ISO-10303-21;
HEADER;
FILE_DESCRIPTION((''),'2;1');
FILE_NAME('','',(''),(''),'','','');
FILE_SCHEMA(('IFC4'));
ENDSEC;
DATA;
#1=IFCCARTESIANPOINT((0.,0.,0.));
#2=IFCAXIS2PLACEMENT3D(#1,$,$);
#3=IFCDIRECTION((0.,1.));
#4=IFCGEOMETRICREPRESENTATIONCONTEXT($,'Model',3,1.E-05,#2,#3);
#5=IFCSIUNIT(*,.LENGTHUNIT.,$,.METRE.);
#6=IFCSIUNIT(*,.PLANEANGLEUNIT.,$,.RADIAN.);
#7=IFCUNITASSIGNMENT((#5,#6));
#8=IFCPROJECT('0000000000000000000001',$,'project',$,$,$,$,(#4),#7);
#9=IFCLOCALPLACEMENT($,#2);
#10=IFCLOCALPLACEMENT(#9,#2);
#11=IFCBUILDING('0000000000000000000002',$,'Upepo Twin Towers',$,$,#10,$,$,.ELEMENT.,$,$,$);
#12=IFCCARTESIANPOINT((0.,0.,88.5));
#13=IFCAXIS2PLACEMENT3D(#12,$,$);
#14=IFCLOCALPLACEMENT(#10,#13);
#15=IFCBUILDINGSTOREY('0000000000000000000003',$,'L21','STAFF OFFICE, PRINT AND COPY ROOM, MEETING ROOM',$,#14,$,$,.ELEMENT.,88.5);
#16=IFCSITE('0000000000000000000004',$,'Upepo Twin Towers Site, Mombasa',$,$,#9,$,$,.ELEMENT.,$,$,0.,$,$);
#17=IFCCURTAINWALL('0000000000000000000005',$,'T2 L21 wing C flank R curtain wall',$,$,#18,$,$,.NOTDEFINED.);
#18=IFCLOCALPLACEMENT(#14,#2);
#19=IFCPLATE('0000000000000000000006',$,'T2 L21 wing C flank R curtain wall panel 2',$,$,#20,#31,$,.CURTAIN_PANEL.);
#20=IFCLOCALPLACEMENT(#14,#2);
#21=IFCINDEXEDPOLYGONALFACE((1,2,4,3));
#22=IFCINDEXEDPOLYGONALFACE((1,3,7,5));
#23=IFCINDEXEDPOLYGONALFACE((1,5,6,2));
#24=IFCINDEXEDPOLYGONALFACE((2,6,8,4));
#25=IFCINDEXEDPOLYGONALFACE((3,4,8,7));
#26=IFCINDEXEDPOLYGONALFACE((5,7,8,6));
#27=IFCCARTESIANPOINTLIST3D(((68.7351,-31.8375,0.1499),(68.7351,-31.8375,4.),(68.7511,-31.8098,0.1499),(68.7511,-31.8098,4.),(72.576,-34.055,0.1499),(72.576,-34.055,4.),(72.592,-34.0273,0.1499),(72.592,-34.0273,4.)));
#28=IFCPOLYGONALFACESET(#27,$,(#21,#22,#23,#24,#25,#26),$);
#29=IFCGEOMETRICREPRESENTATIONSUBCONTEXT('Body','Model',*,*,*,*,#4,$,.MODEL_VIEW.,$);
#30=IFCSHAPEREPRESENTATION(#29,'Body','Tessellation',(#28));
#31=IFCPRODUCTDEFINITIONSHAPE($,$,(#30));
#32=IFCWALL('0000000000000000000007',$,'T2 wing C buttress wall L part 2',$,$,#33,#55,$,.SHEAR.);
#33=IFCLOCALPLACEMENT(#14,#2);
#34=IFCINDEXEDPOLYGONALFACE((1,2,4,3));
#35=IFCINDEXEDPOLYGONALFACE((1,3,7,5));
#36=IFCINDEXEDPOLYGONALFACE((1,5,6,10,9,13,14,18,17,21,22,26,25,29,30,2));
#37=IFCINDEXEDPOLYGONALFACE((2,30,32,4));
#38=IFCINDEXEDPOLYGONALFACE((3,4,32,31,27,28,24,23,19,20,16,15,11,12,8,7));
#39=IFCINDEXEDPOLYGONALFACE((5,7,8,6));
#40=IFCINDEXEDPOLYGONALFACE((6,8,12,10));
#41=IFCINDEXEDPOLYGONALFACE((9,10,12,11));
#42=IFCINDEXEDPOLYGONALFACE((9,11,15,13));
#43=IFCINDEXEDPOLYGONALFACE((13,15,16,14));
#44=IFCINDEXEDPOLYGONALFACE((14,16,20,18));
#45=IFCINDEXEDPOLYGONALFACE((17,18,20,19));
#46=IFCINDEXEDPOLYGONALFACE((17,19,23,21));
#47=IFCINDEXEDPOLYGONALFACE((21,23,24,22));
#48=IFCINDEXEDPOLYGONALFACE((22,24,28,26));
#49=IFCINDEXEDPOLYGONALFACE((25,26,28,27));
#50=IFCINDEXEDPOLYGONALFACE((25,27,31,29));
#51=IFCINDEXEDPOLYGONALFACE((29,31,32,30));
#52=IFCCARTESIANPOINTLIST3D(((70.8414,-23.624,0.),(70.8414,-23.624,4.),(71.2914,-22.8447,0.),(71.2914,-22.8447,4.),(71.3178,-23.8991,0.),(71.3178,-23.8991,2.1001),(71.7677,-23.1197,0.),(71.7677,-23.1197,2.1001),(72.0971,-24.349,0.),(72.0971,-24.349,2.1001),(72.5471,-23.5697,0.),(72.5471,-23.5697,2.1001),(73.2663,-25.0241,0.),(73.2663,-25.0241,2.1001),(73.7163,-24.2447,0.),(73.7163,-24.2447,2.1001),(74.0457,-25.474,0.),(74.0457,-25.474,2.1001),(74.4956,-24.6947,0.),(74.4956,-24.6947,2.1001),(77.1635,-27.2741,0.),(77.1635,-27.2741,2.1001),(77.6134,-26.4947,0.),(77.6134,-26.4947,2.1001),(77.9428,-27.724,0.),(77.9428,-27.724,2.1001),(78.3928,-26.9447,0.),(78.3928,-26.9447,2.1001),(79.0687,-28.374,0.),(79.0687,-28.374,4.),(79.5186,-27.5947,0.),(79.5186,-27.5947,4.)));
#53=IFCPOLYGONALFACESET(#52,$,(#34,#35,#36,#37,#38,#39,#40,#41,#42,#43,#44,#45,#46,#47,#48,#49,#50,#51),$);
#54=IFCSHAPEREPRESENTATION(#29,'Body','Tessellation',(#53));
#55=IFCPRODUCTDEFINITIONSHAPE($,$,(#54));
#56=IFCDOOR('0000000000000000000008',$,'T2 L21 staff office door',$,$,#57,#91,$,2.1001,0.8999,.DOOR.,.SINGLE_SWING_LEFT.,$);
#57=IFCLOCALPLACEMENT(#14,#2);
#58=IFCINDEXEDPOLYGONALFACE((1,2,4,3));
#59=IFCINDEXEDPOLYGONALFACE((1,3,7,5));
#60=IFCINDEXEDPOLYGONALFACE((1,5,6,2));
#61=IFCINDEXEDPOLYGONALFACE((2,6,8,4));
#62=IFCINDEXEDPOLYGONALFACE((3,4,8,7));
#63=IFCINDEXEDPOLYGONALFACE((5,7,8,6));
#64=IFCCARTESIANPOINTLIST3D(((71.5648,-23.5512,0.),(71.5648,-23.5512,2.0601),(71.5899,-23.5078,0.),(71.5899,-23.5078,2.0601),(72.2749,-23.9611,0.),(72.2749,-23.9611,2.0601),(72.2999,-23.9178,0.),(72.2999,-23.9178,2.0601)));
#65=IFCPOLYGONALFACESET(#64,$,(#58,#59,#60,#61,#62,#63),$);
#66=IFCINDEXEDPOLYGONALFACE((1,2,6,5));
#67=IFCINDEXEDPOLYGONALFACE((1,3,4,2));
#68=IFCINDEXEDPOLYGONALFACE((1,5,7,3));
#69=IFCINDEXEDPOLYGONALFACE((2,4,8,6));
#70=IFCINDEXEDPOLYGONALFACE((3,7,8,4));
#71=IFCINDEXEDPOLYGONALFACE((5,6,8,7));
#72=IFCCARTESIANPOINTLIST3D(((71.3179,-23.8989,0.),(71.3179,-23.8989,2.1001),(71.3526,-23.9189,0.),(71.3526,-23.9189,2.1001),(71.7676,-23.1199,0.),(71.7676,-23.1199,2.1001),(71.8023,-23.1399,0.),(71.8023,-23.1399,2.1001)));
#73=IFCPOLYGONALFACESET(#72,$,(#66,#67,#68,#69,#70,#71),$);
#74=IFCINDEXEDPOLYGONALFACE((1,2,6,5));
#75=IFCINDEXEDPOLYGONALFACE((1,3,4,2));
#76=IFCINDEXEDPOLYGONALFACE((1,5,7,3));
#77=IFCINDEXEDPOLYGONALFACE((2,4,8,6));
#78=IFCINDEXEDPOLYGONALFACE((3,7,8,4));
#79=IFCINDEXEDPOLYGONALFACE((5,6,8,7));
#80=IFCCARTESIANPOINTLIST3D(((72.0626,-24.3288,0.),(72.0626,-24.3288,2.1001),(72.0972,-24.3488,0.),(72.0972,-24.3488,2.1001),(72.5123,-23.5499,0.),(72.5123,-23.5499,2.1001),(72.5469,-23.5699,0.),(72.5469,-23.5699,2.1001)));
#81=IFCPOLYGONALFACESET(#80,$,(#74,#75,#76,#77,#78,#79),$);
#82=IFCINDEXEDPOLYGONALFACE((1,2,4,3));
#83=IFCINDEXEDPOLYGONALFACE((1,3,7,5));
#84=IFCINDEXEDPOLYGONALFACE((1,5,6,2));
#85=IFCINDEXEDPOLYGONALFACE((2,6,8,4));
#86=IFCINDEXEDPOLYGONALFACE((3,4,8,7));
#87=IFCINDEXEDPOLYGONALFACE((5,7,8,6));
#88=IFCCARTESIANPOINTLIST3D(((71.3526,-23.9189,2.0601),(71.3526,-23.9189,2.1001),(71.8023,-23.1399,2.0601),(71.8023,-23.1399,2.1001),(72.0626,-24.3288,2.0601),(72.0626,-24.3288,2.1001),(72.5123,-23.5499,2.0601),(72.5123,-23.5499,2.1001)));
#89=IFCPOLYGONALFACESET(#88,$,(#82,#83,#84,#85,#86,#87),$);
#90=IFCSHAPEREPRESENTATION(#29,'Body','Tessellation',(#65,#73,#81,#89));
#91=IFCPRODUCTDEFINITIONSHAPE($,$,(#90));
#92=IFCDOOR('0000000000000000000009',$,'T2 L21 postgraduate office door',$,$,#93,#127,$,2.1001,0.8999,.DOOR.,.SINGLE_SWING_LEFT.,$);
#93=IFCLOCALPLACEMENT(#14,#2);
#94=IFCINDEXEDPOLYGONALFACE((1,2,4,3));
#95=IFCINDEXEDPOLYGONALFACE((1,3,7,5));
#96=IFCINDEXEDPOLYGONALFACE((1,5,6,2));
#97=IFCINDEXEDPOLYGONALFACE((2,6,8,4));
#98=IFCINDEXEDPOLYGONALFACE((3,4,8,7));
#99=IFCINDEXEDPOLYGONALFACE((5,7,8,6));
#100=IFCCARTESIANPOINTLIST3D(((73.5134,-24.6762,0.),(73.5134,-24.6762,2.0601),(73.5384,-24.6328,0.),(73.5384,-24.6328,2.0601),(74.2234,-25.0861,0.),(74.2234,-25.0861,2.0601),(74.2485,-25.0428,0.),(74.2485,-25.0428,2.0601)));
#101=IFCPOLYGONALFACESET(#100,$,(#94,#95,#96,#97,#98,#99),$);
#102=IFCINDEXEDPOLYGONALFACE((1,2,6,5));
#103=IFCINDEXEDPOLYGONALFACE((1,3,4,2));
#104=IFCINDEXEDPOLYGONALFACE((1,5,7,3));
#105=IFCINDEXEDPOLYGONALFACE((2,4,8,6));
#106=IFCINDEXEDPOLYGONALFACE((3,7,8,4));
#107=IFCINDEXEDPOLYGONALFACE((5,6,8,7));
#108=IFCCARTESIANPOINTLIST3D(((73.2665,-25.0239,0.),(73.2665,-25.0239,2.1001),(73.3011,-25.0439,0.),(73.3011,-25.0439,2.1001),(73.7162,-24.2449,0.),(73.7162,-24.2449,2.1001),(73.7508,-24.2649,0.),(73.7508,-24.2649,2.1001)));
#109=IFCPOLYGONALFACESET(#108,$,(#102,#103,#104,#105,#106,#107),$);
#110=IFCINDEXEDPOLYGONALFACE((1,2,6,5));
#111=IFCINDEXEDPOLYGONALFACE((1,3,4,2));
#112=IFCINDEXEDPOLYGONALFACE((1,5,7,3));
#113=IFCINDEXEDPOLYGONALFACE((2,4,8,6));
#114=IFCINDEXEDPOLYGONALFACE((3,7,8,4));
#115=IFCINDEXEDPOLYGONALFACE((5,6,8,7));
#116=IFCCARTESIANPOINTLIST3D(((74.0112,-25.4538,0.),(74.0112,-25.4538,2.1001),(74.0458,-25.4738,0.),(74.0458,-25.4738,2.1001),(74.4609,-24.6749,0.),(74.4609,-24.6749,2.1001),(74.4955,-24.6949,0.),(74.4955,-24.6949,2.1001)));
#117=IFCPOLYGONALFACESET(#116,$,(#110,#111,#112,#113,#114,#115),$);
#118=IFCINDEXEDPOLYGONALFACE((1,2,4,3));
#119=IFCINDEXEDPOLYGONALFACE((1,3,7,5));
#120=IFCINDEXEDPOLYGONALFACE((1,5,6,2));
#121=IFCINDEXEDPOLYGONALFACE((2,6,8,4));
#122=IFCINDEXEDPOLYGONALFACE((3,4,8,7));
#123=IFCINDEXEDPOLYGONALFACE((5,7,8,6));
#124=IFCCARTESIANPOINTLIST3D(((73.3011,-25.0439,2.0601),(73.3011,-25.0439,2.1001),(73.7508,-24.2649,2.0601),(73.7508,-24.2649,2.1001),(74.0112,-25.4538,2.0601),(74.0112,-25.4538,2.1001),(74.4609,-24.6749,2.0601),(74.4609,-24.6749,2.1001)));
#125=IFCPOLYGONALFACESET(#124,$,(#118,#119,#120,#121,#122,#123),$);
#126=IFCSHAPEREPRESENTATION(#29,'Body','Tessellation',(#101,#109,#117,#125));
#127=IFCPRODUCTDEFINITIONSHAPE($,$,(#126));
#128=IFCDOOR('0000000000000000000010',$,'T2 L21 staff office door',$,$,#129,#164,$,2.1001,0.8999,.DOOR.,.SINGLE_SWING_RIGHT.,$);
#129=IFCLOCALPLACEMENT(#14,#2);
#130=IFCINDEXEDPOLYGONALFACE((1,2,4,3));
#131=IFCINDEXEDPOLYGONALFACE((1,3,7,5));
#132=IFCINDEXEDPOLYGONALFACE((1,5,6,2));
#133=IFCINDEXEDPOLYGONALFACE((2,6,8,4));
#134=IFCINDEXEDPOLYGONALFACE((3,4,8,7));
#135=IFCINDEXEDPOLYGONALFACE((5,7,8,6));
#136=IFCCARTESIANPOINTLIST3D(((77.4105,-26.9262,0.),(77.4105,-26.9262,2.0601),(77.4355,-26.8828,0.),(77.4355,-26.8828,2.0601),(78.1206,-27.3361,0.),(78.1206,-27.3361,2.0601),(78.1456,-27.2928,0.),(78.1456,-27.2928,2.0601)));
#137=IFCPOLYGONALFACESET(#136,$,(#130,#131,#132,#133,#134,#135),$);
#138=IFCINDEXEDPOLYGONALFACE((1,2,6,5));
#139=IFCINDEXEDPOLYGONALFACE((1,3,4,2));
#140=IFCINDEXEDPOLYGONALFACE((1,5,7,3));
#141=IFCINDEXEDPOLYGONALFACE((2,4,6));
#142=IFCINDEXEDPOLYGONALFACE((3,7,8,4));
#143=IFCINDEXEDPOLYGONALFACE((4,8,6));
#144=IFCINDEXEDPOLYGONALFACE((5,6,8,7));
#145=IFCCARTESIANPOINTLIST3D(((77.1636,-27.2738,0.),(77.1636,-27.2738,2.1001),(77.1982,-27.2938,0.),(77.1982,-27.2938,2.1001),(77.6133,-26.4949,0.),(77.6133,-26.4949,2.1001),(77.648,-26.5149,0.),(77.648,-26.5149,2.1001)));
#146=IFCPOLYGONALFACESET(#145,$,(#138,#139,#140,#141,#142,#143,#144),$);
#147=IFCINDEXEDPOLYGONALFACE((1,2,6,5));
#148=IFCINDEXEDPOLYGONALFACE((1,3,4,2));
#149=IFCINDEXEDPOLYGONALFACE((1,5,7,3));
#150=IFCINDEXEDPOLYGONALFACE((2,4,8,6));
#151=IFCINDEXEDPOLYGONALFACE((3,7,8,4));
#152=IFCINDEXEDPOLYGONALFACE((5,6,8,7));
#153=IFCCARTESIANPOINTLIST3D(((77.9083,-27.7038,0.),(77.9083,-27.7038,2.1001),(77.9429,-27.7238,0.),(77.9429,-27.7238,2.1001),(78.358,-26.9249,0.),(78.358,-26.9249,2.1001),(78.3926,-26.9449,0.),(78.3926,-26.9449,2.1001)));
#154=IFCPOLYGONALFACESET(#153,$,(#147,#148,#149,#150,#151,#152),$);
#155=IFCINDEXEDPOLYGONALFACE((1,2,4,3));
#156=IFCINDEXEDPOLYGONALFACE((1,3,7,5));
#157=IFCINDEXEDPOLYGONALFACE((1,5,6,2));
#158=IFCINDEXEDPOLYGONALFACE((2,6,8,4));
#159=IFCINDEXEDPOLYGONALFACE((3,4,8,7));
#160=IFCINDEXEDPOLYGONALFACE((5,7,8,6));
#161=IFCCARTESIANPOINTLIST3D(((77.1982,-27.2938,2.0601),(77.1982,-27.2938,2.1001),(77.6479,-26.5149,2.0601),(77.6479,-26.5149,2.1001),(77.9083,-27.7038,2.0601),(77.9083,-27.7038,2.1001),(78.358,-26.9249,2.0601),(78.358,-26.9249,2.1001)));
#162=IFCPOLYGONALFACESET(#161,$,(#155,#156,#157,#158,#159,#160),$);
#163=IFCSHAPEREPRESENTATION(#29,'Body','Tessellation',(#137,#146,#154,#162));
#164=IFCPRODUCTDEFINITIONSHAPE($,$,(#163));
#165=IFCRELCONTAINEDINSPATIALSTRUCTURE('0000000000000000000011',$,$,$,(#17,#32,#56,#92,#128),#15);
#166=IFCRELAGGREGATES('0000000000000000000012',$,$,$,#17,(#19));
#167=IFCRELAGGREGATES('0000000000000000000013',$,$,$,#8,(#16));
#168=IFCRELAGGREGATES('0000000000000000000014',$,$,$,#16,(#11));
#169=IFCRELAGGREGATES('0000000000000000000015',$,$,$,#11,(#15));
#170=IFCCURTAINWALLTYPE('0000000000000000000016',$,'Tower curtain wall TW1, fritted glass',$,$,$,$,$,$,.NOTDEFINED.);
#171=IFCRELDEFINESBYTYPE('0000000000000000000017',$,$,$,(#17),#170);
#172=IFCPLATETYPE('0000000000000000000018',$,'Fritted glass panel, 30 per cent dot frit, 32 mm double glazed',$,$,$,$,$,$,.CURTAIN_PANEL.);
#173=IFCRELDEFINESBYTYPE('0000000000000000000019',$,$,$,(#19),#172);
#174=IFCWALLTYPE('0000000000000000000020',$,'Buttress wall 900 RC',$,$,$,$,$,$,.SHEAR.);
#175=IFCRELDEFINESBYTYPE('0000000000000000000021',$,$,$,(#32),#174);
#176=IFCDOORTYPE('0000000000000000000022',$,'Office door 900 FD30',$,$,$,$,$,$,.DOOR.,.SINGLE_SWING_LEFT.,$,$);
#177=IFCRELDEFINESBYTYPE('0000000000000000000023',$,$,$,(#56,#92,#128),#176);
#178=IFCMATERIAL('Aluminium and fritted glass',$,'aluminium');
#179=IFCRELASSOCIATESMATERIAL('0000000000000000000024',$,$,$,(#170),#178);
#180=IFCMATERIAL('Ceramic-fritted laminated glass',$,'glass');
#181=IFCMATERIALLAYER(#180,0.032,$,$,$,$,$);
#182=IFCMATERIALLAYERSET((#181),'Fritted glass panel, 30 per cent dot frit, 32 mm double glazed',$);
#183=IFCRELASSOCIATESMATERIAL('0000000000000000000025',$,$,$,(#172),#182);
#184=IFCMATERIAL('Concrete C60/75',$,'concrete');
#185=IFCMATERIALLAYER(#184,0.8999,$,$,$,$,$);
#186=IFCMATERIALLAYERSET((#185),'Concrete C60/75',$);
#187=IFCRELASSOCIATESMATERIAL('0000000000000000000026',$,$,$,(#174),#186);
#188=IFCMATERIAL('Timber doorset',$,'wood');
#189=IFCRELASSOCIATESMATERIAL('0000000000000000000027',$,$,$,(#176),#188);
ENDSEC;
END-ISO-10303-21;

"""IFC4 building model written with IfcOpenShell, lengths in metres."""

from ifc_helpers import new_model, si_unit, direction, frame, frame_2d, origin, origin_2d, place, context, subcontext, project, spatial, rectangle, extrude, material, layer, layer_set, type_object, element, fill, aggregate, save


model = new_model("IFC4")

# Units and contexts
model_context = context("Model", 3, precision=1e-05, world=origin(), true_north=direction((0.0, 1.0)))
body_context = subcontext(model_context, "Body", "Model", "MODEL_VIEW")
ifc_project = project(units=[si_unit("LENGTHUNIT", "METRE"), si_unit("PLANEANGLEUNIT", "RADIAN")], contexts=[model_context])

# Site, building, storey
site_placement = place(None, origin())
site = spatial("IfcSite", under=ifc_project, at=site_placement, Name="Upepo Twin Towers Site, Mombasa", CompositionType="ELEMENT", RefElevation=0.0)
building_placement = place(site_placement, origin())
building = spatial("IfcBuilding", under=site, at=building_placement, Name="Upepo Twin Towers", CompositionType="ELEMENT")
storey_placement = place(building_placement, frame((0.0, 0.0, 88.5)))
storey = spatial("IfcBuildingStorey", under=building, at=storey_placement, Name="L21", Description="STAFF OFFICE, PRINT AND COPY ROOM, MEETING ROOM", CompositionType="ELEMENT", Elevation=88.5)

# Curtain wall, plate
ifc_material_1 = material(Name="Aluminium and fritted glass", Category="aluminium")
curtain_wall_type = type_object("IfcCurtainWallType", Name="Tower curtain wall TW1, fritted glass", PredefinedType="NOTDEFINED", material=ifc_material_1)
curtain_wall_placement = place(storey_placement, origin())
curtain_wall = element("IfcCurtainWall", 1, at=curtain_wall_placement, inside=storey, type_object=curtain_wall_type, Name="T2 L21 wing C flank R curtain wall", PredefinedType="NOTDEFINED")
ifc_material_2 = material(Name="Ceramic-fritted laminated glass", Category="glass")
ifc_layer_1 = layer(ifc_material_2, 0.032)
ifc_layer_set_1 = layer_set([ifc_layer_1], Name="Fritted glass panel, 30 per cent dot frit, 32 mm double glazed")
plate_type = type_object("IfcPlateType", Name="Fritted glass panel, 30 per cent dot frit, 32 mm double glazed", PredefinedType="CURTAIN_PANEL", material=ifc_layer_set_1)
plate_1_placement = place(storey_placement, frame((70.6636, -32.9324, 0.1499), z_axis=(0.0, 0.0, 1.0), x_axis=(-0.866025, 0.5, 0.0)))
plate_1 = element("IfcPlate", 2, at=plate_1_placement, type_object=plate_type, Name="T2 L21 wing C flank R curtain wall panel 2", PredefinedType="CURTAIN_PANEL", context=body_context, shape_type="SweptSolid", body=[
    extrude(rectangle(XDim=4.4351, YDim=0.032, at=origin_2d()), origin(), (0.0, 0.0, 1.0), 3.8501),
])
aggregate(curtain_wall, [plate_1])

# Wall, openings, doors
ifc_material_3 = material(Name="Concrete C60/75", Category="concrete")
ifc_layer_2 = layer(ifc_material_3, 0.8999)
ifc_layer_set_2 = layer_set([ifc_layer_2], Name="Concrete C60/75")
wall_type_1 = type_object("IfcWallType", Name="Buttress wall 900 RC", PredefinedType="SHEAR", material=ifc_layer_set_2)
wall_1_placement = place(storey_placement, frame((71.0664, -23.2344, 0.0), z_axis=(0.0, 0.0, 1.0), x_axis=(0.866027, -0.499998, 0.0)))
wall_1 = element("IfcWall", 3, at=wall_1_placement, inside=storey, type_object=wall_type_1, Name="T2 wing C buttress wall L part 2", PredefinedType="SHEAR", context=body_context, shape_type="SweptSolid", body=[
    extrude(rectangle(XDim=9.5, YDim=0.8999, at=frame_2d((4.75, 0.0))), origin(), (0.0, 0.0, 1.0), 4.0),
])
opening_1_placement = place(wall_1_placement, frame((0.55, 0.0, 0.0)))
opening_1 = element("IfcOpeningElement", 4, at=opening_1_placement, cuts=wall_1, PredefinedType="OPENING", context=body_context, shape_type="SweptSolid", body=[
    extrude(rectangle(XDim=0.8999, YDim=2.1001, at=frame_2d((0.45, 1.05))), frame((0.0, 0.46, 0.0), z_axis=(0.0, -1.0, 0.0), x_axis=(1.0, 0.0, 0.0)), (0.0, 0.0, 1.0), 0.9199),
])
opening_2_placement = place(wall_1_placement, frame((2.8, 0.0, 0.0)))
opening_2 = element("IfcOpeningElement", 5, at=opening_2_placement, cuts=wall_1, PredefinedType="OPENING", context=body_context, shape_type="SweptSolid", body=[
    extrude(rectangle(XDim=0.8999, YDim=2.1001, at=frame_2d((0.45, 1.05))), frame((0.0, 0.46, 0.0), z_axis=(0.0, -1.0, 0.0), x_axis=(1.0, 0.0, 0.0)), (0.0, 0.0, 1.0), 0.9199),
])
opening_3_placement = place(wall_1_placement, frame((7.3, 0.0, 0.0)))
opening_3 = element("IfcOpeningElement", 6, at=opening_3_placement, cuts=wall_1, PredefinedType="OPENING", context=body_context, shape_type="SweptSolid", body=[
    extrude(rectangle(XDim=0.8999, YDim=2.1001, at=frame_2d((0.45, 1.05))), frame((0.0, 0.46, 0.0), z_axis=(0.0, -1.0, 0.0), x_axis=(1.0, 0.0, 0.0)), (0.0, 0.0, 1.0), 0.9199),
])
ifc_material_4 = material(Name="Timber doorset", Category="wood")
door_type = type_object("IfcDoorType", Name="Office door 900 FD30", OperationType="SINGLE_SWING_LEFT", PredefinedType="DOOR", material=ifc_material_4)
door_1_placement = place(opening_1_placement, origin())
door_1 = element("IfcDoor", 7, at=door_1_placement, inside=storey, type_object=door_type, Name="T2 L21 staff office door", OperationType="SINGLE_SWING_LEFT", OverallHeight=2.1001, OverallWidth=0.8999, PredefinedType="DOOR", context=body_context, shape_type="SweptSolid", body=[
    extrude(rectangle(XDim=0.8199, YDim=2.0601, at=frame_2d((0.45, 1.03))), frame((0.0, 0.0249, 0.0), z_axis=(0.0, -1.0, 0.0), x_axis=(1.0, 0.0, 0.0)), (0.0, 0.0, 1.0), 0.05),
    extrude(rectangle(XDim=0.04, YDim=2.1001, at=frame_2d((0.02, 1.05))), frame((0.0, 0.4497, 0.0), z_axis=(0.0, -1.0, 0.0), x_axis=(1.0, 0.0, 0.0)), (0.0, 0.0, 1.0), 0.8994),
    extrude(rectangle(XDim=0.04, YDim=2.1001, at=frame_2d((0.8799, 1.05))), frame((0.0, 0.4497, 0.0), z_axis=(0.0, -1.0, 0.0), x_axis=(1.0, 0.0, 0.0)), (0.0, 0.0, 1.0), 0.8994),
    extrude(rectangle(XDim=0.8199, YDim=0.04, at=frame_2d((0.45, 2.0801))), frame((0.0, 0.4497, 0.0), z_axis=(0.0, -1.0, 0.0), x_axis=(1.0, 0.0, 0.0)), (0.0, 0.0, 1.0), 0.8994),
])
fill(opening_1, door_1)
door_2_placement = place(opening_2_placement, origin())
door_2 = element("IfcDoor", 8, at=door_2_placement, inside=storey, type_object=door_type, Name="T2 L21 postgraduate office door", OperationType="SINGLE_SWING_LEFT", OverallHeight=2.1001, OverallWidth=0.8999, PredefinedType="DOOR", context=body_context, shape_type="SweptSolid", body=[
    extrude(rectangle(XDim=0.8199, YDim=2.0601, at=frame_2d((0.45, 1.03))), frame((0.0, 0.0249, 0.0), z_axis=(0.0, -1.0, 0.0), x_axis=(1.0, 0.0, 0.0)), (0.0, 0.0, 1.0), 0.05),
    extrude(rectangle(XDim=0.04, YDim=2.1001, at=frame_2d((0.02, 1.05))), frame((0.0, 0.4497, 0.0), z_axis=(0.0, -1.0, 0.0), x_axis=(1.0, 0.0, 0.0)), (0.0, 0.0, 1.0), 0.8994),
    extrude(rectangle(XDim=0.04, YDim=2.1001, at=frame_2d((0.8799, 1.05))), frame((0.0, 0.4497, 0.0), z_axis=(0.0, -1.0, 0.0), x_axis=(1.0, 0.0, 0.0)), (0.0, 0.0, 1.0), 0.8994),
    extrude(rectangle(XDim=0.8199, YDim=0.04, at=frame_2d((0.45, 2.0801))), frame((0.0, 0.4497, 0.0), z_axis=(0.0, -1.0, 0.0), x_axis=(1.0, 0.0, 0.0)), (0.0, 0.0, 1.0), 0.8994),
])
fill(opening_2, door_2)
door_3_placement = place(opening_3_placement, origin())
door_3 = element("IfcDoor", 9, at=door_3_placement, inside=storey, type_object=door_type, Name="T2 L21 staff office door", OperationType="SINGLE_SWING_RIGHT", OverallHeight=2.1001, OverallWidth=0.8999, PredefinedType="DOOR", context=body_context, shape_type="SweptSolid", body=[
    extrude(rectangle(XDim=0.8199, YDim=2.0601, at=frame_2d((0.45, 1.03))), frame((0.0, 0.0249, 0.0), z_axis=(0.0, -1.0, 0.0), x_axis=(1.0, 0.0, 0.0)), (0.0, 0.0, 1.0), 0.05),
    extrude(rectangle(XDim=0.04, YDim=2.1001, at=frame_2d((0.02, 1.05))), frame((0.0, 0.4497, 0.0), z_axis=(0.0, -1.0, 0.0), x_axis=(1.0, 0.0, 0.0)), (0.0, 0.0, 1.0), 0.8994),
    extrude(rectangle(XDim=0.04, YDim=2.1001, at=frame_2d((0.8799, 1.05))), frame((0.0, 0.4497, 0.0), z_axis=(0.0, -1.0, 0.0), x_axis=(1.0, 0.0, 0.0)), (0.0, 0.0, 1.0), 0.8994),
    extrude(rectangle(XDim=0.8199, YDim=0.04, at=frame_2d((0.45, 2.0801))), frame((0.0, 0.4497, 0.0), z_axis=(0.0, -1.0, 0.0), x_axis=(1.0, 0.0, 0.0)), (0.0, 0.0, 1.0), 0.8994),
])
fill(opening_3, door_3)

save(model, "model.ifc")
